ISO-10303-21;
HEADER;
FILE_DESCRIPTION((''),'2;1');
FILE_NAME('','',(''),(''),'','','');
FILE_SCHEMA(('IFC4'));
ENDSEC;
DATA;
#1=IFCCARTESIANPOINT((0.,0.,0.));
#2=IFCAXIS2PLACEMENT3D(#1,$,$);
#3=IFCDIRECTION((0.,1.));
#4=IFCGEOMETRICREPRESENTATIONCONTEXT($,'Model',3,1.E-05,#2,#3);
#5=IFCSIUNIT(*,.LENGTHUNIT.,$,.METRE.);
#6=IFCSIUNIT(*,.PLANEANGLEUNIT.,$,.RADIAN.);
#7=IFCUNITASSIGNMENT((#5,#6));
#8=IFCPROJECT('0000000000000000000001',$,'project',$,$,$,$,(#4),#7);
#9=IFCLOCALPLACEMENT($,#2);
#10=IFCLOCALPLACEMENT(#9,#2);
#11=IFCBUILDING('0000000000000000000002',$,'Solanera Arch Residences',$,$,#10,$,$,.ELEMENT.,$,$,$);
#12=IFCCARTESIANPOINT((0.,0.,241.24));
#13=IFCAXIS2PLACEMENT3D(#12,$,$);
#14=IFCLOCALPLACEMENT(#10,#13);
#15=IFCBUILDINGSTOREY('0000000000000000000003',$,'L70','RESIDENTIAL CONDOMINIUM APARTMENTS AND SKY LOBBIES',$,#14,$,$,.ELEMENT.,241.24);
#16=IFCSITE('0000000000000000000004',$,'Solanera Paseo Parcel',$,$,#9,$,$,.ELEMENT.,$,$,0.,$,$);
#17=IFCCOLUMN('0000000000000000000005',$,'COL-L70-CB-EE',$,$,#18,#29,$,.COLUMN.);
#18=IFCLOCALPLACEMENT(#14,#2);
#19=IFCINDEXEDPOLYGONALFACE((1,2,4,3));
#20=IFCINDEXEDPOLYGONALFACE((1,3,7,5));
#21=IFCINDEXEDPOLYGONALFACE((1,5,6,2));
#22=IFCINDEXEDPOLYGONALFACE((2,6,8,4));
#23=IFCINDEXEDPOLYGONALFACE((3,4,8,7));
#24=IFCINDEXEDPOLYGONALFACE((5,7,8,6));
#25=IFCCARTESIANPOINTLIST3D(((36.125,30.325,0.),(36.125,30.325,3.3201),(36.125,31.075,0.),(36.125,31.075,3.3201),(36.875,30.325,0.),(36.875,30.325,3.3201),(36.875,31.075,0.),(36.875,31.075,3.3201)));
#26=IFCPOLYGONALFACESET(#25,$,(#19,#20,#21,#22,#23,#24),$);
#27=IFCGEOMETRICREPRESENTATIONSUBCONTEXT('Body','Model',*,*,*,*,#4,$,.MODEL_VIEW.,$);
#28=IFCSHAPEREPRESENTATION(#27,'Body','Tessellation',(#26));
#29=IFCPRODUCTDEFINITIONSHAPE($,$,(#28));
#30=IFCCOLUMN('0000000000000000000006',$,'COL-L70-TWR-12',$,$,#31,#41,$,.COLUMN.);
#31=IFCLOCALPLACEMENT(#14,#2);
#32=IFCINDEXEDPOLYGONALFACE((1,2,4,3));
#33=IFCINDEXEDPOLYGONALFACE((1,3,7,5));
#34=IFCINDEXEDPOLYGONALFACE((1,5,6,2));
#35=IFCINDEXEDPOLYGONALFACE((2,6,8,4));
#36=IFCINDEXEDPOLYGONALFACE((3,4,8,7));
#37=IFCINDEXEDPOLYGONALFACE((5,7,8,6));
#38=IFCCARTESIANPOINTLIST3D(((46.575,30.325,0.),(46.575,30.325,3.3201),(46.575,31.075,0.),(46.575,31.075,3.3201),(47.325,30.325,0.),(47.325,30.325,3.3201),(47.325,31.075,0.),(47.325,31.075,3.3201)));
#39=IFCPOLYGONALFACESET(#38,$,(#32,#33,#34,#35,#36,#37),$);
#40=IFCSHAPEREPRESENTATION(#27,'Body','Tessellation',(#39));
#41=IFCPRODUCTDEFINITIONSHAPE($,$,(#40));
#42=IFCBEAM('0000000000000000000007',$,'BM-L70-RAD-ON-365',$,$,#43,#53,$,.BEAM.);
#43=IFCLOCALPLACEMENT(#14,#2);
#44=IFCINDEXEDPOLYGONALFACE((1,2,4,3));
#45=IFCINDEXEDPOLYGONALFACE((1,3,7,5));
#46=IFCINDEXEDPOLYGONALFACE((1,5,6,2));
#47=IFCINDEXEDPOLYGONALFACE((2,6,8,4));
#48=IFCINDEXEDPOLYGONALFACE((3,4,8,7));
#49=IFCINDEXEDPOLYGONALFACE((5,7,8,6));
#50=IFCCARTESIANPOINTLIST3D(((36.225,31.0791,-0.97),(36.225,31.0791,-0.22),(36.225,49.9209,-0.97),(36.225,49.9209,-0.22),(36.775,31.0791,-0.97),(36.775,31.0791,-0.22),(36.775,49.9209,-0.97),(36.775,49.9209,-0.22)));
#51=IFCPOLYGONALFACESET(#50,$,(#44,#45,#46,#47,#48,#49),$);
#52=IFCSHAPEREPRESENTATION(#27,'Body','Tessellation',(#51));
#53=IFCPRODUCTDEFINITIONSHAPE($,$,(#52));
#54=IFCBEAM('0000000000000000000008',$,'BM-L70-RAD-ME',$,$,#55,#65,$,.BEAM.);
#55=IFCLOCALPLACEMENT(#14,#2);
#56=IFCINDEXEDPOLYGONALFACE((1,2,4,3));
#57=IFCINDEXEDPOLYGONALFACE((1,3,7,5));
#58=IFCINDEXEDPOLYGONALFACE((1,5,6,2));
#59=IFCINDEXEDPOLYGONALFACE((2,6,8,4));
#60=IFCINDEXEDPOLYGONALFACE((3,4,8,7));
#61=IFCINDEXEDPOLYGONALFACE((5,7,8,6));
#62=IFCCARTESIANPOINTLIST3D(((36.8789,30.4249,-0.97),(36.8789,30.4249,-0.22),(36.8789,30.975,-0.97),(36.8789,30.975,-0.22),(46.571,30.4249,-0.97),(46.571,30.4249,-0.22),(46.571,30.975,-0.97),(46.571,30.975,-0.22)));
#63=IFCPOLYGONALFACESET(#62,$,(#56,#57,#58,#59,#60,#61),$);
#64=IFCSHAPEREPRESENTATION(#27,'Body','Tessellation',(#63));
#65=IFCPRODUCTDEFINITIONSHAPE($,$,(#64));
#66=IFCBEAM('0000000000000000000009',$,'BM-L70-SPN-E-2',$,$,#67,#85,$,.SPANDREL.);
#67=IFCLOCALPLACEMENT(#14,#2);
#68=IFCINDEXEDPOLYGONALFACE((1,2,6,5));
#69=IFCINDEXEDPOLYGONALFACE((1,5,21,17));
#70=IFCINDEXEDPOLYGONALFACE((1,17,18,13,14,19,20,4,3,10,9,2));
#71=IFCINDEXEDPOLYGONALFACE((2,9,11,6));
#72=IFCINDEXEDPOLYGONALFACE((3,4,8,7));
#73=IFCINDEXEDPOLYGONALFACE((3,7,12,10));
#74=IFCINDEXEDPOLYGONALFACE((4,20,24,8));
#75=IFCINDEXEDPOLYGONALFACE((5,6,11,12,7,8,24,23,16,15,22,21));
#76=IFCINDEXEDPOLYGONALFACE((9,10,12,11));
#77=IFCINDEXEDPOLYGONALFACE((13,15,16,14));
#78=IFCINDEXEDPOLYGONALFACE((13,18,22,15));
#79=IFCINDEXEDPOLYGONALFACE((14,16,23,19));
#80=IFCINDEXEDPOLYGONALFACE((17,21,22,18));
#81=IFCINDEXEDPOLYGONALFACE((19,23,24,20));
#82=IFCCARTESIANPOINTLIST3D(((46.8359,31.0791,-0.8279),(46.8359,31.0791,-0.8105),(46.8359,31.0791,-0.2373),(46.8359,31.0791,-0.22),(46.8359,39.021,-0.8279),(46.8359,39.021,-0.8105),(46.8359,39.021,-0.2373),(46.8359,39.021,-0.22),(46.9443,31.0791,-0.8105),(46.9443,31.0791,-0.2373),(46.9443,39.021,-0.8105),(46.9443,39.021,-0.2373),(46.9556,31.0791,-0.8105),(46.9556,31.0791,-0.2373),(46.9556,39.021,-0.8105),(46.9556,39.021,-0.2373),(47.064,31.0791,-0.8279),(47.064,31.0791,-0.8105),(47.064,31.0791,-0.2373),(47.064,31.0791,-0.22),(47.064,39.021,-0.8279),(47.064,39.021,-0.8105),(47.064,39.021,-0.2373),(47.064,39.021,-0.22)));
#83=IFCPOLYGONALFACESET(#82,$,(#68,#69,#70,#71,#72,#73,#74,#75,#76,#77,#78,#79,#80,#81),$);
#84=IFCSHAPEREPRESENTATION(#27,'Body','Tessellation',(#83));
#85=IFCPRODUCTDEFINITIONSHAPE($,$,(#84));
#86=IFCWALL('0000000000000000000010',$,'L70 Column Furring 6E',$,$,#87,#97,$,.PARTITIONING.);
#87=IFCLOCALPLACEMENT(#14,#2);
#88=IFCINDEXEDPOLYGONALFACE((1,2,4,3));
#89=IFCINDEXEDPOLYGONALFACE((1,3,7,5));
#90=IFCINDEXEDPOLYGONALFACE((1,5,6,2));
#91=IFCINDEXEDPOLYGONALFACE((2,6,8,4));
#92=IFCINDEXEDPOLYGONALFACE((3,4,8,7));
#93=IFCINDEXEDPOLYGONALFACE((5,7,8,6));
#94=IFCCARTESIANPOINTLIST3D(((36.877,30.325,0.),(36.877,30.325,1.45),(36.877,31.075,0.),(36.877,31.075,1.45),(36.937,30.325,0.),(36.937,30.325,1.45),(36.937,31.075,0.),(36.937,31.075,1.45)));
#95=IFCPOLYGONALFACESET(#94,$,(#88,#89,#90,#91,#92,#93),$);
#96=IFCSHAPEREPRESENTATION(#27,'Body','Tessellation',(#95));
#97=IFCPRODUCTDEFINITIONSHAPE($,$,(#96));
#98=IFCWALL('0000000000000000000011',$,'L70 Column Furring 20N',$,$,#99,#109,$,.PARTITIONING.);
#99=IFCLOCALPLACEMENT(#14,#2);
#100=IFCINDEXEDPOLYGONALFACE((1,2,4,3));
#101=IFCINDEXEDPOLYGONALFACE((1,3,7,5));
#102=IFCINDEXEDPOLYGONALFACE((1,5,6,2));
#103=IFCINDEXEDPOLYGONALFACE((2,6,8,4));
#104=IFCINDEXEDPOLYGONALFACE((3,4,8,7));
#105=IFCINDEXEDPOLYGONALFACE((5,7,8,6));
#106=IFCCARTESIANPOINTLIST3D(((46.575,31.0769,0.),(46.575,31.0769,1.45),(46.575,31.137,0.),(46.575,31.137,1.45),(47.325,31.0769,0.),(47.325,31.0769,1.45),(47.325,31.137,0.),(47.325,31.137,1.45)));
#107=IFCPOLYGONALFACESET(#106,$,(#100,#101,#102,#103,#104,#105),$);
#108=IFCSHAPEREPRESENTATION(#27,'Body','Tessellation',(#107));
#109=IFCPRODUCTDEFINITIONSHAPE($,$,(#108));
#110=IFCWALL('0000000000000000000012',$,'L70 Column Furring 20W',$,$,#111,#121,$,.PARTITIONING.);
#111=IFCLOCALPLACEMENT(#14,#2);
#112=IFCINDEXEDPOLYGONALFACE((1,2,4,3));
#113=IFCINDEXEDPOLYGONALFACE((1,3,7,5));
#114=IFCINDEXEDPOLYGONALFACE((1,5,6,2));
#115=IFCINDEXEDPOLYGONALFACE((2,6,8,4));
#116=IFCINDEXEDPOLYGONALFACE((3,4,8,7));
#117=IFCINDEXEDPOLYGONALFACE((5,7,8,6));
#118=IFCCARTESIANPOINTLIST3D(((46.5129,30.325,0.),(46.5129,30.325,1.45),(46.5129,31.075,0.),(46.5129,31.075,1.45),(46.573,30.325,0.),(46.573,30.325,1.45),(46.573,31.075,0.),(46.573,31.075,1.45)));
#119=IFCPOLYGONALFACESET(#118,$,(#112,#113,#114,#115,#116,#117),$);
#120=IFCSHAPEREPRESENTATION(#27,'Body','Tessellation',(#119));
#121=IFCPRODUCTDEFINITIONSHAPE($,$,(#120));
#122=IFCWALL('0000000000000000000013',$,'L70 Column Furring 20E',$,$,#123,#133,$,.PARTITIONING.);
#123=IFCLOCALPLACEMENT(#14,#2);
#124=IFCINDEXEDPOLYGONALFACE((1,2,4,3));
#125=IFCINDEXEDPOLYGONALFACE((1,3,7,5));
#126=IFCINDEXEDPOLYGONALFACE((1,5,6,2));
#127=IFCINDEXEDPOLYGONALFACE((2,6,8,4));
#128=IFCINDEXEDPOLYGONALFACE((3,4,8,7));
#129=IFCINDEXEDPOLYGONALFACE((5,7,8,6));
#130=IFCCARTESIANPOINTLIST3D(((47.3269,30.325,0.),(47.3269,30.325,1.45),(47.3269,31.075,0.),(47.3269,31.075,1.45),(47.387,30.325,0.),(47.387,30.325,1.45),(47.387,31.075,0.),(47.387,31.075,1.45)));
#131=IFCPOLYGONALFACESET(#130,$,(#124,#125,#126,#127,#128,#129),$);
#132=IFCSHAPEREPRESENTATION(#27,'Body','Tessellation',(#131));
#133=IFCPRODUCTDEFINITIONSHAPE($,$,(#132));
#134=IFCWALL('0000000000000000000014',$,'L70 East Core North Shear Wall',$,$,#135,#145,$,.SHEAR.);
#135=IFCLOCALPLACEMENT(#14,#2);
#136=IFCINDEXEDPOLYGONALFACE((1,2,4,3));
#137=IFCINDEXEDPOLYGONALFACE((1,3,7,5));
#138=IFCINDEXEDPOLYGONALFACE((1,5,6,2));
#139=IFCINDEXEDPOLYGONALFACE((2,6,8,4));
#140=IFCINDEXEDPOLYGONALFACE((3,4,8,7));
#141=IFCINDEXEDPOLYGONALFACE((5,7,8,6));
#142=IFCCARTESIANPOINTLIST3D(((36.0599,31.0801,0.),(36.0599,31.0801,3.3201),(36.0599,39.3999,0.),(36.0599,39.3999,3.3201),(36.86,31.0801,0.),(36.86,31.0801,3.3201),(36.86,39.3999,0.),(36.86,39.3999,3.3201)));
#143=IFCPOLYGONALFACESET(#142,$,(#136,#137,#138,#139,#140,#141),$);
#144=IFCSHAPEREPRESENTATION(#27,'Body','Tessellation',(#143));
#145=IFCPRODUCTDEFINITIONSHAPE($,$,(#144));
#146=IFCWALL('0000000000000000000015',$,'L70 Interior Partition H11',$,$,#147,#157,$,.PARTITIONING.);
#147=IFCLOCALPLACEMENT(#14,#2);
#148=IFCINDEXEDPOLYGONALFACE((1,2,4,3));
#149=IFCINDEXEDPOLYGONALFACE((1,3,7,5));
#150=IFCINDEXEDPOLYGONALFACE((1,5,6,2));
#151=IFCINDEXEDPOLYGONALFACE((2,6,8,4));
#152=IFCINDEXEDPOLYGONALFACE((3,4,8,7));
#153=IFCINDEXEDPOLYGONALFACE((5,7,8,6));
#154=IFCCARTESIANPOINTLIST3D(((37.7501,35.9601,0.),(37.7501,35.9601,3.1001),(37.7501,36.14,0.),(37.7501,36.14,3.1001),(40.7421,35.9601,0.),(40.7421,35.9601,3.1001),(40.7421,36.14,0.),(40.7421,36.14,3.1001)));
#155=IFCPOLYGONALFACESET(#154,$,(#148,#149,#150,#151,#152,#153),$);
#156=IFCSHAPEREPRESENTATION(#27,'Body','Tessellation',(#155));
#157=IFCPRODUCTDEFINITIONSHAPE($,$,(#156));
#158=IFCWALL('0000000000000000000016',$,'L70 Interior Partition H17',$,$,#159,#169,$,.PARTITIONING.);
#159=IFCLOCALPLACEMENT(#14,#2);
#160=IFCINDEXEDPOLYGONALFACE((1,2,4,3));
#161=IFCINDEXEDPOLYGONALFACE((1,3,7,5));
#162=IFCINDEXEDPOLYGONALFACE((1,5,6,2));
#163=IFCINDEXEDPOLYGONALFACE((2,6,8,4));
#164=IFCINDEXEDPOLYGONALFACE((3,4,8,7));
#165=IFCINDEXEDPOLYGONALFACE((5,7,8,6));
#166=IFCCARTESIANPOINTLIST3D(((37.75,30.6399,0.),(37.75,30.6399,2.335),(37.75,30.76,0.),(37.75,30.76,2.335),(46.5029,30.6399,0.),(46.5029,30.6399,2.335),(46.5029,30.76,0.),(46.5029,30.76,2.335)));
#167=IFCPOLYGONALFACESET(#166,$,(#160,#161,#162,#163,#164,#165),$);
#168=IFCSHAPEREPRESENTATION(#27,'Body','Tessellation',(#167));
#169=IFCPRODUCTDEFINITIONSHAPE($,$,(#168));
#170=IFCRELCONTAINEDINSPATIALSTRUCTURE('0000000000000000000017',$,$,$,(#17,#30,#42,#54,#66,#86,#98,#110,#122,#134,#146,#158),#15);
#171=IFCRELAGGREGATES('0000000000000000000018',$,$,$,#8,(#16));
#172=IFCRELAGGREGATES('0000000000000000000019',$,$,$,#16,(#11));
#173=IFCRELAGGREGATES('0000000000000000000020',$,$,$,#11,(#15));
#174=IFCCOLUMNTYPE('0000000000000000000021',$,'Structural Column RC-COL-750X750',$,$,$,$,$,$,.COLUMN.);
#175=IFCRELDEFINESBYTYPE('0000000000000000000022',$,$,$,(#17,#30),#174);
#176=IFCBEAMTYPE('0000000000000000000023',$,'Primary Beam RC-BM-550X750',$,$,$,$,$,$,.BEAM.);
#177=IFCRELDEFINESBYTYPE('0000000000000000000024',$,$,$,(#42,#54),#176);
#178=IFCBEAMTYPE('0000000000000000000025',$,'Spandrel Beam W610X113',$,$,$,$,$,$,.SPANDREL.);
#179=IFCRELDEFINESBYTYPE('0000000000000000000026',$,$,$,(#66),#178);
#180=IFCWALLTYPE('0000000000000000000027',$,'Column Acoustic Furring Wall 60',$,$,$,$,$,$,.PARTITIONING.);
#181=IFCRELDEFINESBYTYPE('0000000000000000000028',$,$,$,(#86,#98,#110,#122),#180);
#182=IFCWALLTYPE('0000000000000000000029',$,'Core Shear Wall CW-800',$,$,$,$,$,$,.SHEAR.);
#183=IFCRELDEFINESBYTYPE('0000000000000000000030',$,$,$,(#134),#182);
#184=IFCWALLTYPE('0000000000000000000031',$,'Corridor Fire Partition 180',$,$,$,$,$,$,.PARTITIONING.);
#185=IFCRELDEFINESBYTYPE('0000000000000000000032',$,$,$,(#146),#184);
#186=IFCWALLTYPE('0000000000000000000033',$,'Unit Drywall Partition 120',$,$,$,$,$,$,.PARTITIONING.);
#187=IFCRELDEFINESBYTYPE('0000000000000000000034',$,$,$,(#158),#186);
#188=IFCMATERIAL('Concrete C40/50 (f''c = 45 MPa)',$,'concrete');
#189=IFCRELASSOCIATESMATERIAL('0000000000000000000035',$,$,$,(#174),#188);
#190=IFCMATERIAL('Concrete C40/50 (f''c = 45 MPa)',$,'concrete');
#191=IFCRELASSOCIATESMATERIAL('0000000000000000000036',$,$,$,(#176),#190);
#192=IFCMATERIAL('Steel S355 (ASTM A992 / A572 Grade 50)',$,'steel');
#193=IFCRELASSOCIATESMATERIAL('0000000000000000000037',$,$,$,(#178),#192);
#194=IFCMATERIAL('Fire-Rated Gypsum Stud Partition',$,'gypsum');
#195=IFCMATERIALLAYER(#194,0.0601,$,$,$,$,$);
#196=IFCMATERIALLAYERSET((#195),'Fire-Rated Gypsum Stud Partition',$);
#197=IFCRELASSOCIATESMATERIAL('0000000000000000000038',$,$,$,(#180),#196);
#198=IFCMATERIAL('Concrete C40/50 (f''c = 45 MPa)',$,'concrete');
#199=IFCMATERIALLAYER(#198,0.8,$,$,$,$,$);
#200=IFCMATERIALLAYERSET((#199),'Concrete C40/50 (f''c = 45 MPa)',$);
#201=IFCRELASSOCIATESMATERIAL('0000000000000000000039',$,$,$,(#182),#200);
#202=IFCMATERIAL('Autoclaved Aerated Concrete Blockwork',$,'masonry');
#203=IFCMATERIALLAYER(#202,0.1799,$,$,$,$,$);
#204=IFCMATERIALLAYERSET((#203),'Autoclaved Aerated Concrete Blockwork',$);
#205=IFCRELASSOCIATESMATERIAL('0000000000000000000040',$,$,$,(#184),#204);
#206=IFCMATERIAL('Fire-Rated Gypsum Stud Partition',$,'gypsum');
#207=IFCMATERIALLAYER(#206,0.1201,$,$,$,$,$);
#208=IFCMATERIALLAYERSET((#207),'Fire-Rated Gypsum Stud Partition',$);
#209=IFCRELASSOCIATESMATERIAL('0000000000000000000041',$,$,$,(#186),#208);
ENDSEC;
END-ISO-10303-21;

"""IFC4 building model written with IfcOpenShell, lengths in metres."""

from ifc_helpers import new_model, si_unit, direction, frame, frame_2d, origin, origin_2d, place, context, subcontext, project, spatial, rectangle, i_section, extrude, material, layer, layer_set, material_profile, profile_set, type_object, element, save


model = new_model("IFC4")

# Units and contexts
model_context = context("Model", 3, precision=1e-05, world=origin(), true_north=direction((0.0, 1.0)))
body_context = subcontext(model_context, "Body", "Model", "MODEL_VIEW")
ifc_project = project(units=[si_unit("LENGTHUNIT", "METRE"), si_unit("PLANEANGLEUNIT", "RADIAN")], contexts=[model_context])

# Site, building, storey
site_placement = place(None, origin())
site = spatial("IfcSite", under=ifc_project, at=site_placement, Name="Solanera Paseo Parcel", CompositionType="ELEMENT", RefElevation=0.0)
building_placement = place(site_placement, origin())
building = spatial("IfcBuilding", under=site, at=building_placement, Name="Solanera Arch Residences", CompositionType="ELEMENT")
storey_placement = place(building_placement, frame((0.0, 0.0, 241.24)))
storey = spatial("IfcBuildingStorey", under=building, at=storey_placement, Name="L70", Description="RESIDENTIAL CONDOMINIUM APARTMENTS AND SKY LOBBIES", CompositionType="ELEMENT", Elevation=241.24)

# Columns
ifc_material_1 = material(Name="Concrete C40/50 (f'c = 45 MPa)", Category="concrete")
ifc_material_profile_1 = material_profile(ifc_material_1, rectangle(XDim=0.75, YDim=0.75, at=origin_2d()))
ifc_profile_set_1 = profile_set([ifc_material_profile_1], Name="Concrete C40/50 (f'c = 45 MPa)")
column_type = type_object("IfcColumnType", Name="Structural Column RC-COL-750X750", PredefinedType="COLUMN", material=ifc_profile_set_1)
for number, where, z_axis, x_axis, name in (
    (1, (36.5, 30.7, 0.0), (0.0, 0.0, 1.0), (1.0, 0.0, 0.0), "COL-L70-CB-EE"),
    (2, (46.95, 30.7, 0.0), (0.0, 0.0, 1.0), (1.0, 0.0, 0.0), "COL-L70-TWR-12"),
):
    element("IfcColumn", number, at=place(storey_placement, frame(where, z_axis=z_axis, x_axis=x_axis)), inside=storey, type_object=column_type, Name=name, PredefinedType="COLUMN", context=body_context, shape_type="SweptSolid", body=[
        extrude(rectangle(XDim=0.75, YDim=0.75, at=origin_2d()), origin(), (0.0, 0.0, 1.0), 3.3201),
    ])

# Beams
ifc_material_2 = material(Name="Concrete C40/50 (f'c = 45 MPa)", Category="concrete")
ifc_material_profile_2 = material_profile(ifc_material_2, rectangle(XDim=0.55, YDim=0.75, at=origin_2d()))
ifc_profile_set_2 = profile_set([ifc_material_profile_2], Name="Concrete C40/50 (f'c = 45 MPa)")
beam_type_1 = type_object("IfcBeamType", Name="Primary Beam RC-BM-550X750", PredefinedType="BEAM", material=ifc_profile_set_2)
beam_1_placement = place(storey_placement, frame((36.5, 31.0791, -0.595), z_axis=(0.0, 1.0, 0.0), x_axis=(-1.0, 0.0, 0.0)))
element("IfcBeam", 3, at=beam_1_placement, inside=storey, type_object=beam_type_1, Name="BM-L70-RAD-ON-365", PredefinedType="BEAM", context=body_context, shape_type="SweptSolid", body=[
    extrude(rectangle(XDim=0.55, YDim=0.75, at=origin_2d()), origin(), (0.0, 0.0, 1.0), 18.8418),
])
beam_2_placement = place(storey_placement, frame((36.8789, 30.7, -0.595), z_axis=(1.0, 0.0, 0.0), x_axis=(0.0, 1.0, 0.0)))
element("IfcBeam", 4, at=beam_2_placement, inside=storey, type_object=beam_type_1, Name="BM-L70-RAD-ME", PredefinedType="BEAM", context=body_context, shape_type="SweptSolid", body=[
    extrude(rectangle(XDim=0.55, YDim=0.75, at=origin_2d()), origin(), (0.0, 0.0, 1.0), 9.6921),
])
ifc_material_3 = material(Name="Steel S355 (ASTM A992 / A572 Grade 50)", Category="steel")
ifc_material_profile_3 = material_profile(ifc_material_3, i_section(OverallWidth=0.228, OverallDepth=0.6079, WebThickness=0.0112, FlangeThickness=0.0173, at=origin_2d()))
ifc_profile_set_3 = profile_set([ifc_material_profile_3], Name="Steel S355 (ASTM A992 / A572 Grade 50)")
beam_type_2 = type_object("IfcBeamType", Name="Spandrel Beam W610X113", PredefinedType="SPANDREL", material=ifc_profile_set_3)
beam_3_placement = place(storey_placement, frame((46.95, 31.0791, -0.5239), z_axis=(0.0, 1.0, 0.0), x_axis=(-1.0, 0.0, 0.0)))
element("IfcBeam", 5, at=beam_3_placement, inside=storey, type_object=beam_type_2, Name="BM-L70-SPN-E-2", PredefinedType="SPANDREL", context=body_context, shape_type="SweptSolid", body=[
    extrude(i_section(OverallWidth=0.228, OverallDepth=0.6079, WebThickness=0.0112, FlangeThickness=0.0173, at=origin_2d()), origin(), (0.0, 0.0, 1.0), 7.9419),
])

# Walls
ifc_material_4 = material(Name="Fire-Rated Gypsum Stud Partition", Category="gypsum")
ifc_layer_1 = layer(ifc_material_4, 0.0601)
ifc_layer_set_1 = layer_set([ifc_layer_1], Name="Fire-Rated Gypsum Stud Partition")
wall_type_1 = type_object("IfcWallType", Name="Column Acoustic Furring Wall 60", PredefinedType="PARTITIONING", material=ifc_layer_set_1)
for number, where, z_axis, x_axis, name in (
    (6, (36.907, 30.325, 0.0), (0.0, 0.0, 1.0), (0.0, 1.0, 0.0), "L70 Column Furring 6E"),
    (7, (46.575, 31.1069, 0.0), (0.0, 0.0, 1.0), (1.0, 0.0, 0.0), "L70 Column Furring 20N"),
    (8, (46.543, 30.325, 0.0), (0.0, 0.0, 1.0), (0.0, 1.0, 0.0), "L70 Column Furring 20W"),
    (9, (47.3569, 30.325, 0.0), (0.0, 0.0, 1.0), (0.0, 1.0, 0.0), "L70 Column Furring 20E"),
):
    element("IfcWall", number, at=place(storey_placement, frame(where, z_axis=z_axis, x_axis=x_axis)), inside=storey, type_object=wall_type_1, Name=name, PredefinedType="PARTITIONING", context=body_context, shape_type="SweptSolid", body=[
        extrude(rectangle(XDim=0.75, YDim=0.0601, at=frame_2d((0.375, 0.0))), origin(), (0.0, 0.0, 1.0), 1.45),
    ])
ifc_material_5 = material(Name="Concrete C40/50 (f'c = 45 MPa)", Category="concrete")
ifc_layer_2 = layer(ifc_material_5, 0.8)
ifc_layer_set_2 = layer_set([ifc_layer_2], Name="Concrete C40/50 (f'c = 45 MPa)")
wall_type_2 = type_object("IfcWallType", Name="Core Shear Wall CW-800", PredefinedType="SHEAR", material=ifc_layer_set_2)
wall_1_placement = place(storey_placement, frame((36.46, 31.0801, 0.0), z_axis=(0.0, 0.0, 1.0), x_axis=(0.0, 1.0, 0.0)))
element("IfcWall", 10, at=wall_1_placement, inside=storey, type_object=wall_type_2, Name="L70 East Core North Shear Wall", PredefinedType="SHEAR", context=body_context, shape_type="SweptSolid", body=[
    extrude(rectangle(XDim=8.3198, YDim=0.8, at=frame_2d((4.1599, 0.0))), origin(), (0.0, 0.0, 1.0), 3.3201),
])
ifc_material_6 = material(Name="Autoclaved Aerated Concrete Blockwork", Category="masonry")
ifc_layer_3 = layer(ifc_material_6, 0.1799)
ifc_layer_set_3 = layer_set([ifc_layer_3], Name="Autoclaved Aerated Concrete Blockwork")
wall_type_3 = type_object("IfcWallType", Name="Corridor Fire Partition 180", PredefinedType="PARTITIONING", material=ifc_layer_set_3)
wall_2_placement = place(storey_placement, frame((37.75, 36.05, 0.0), z_axis=(0.0, 0.0, 1.0), x_axis=(1.0, 0.0, 0.0)))
element("IfcWall", 11, at=wall_2_placement, inside=storey, type_object=wall_type_3, Name="L70 Interior Partition H11", PredefinedType="PARTITIONING", context=body_context, shape_type="SweptSolid", body=[
    extrude(rectangle(XDim=2.9919, YDim=0.1799, at=frame_2d((1.4961, 0.0))), origin(), (0.0, 0.0, 1.0), 3.1001),
])
ifc_material_7 = material(Name="Fire-Rated Gypsum Stud Partition", Category="gypsum")
ifc_layer_4 = layer(ifc_material_7, 0.1201)
ifc_layer_set_4 = layer_set([ifc_layer_4], Name="Fire-Rated Gypsum Stud Partition")
wall_type_4 = type_object("IfcWallType", Name="Unit Drywall Partition 120", PredefinedType="PARTITIONING", material=ifc_layer_set_4)
wall_3_placement = place(storey_placement, frame((37.75, 30.7, 0.0), z_axis=(0.0, 0.0, 1.0), x_axis=(1.0, 0.0, 0.0)))
element("IfcWall", 12, at=wall_3_placement, inside=storey, type_object=wall_type_4, Name="L70 Interior Partition H17", PredefinedType="PARTITIONING", context=body_context, shape_type="SweptSolid", body=[
    extrude(rectangle(XDim=8.7529, YDim=0.1201, at=frame_2d((4.3765, 0.0))), origin(), (0.0, 0.0, 1.0), 2.335),
])

save(model, "model.ifc")
